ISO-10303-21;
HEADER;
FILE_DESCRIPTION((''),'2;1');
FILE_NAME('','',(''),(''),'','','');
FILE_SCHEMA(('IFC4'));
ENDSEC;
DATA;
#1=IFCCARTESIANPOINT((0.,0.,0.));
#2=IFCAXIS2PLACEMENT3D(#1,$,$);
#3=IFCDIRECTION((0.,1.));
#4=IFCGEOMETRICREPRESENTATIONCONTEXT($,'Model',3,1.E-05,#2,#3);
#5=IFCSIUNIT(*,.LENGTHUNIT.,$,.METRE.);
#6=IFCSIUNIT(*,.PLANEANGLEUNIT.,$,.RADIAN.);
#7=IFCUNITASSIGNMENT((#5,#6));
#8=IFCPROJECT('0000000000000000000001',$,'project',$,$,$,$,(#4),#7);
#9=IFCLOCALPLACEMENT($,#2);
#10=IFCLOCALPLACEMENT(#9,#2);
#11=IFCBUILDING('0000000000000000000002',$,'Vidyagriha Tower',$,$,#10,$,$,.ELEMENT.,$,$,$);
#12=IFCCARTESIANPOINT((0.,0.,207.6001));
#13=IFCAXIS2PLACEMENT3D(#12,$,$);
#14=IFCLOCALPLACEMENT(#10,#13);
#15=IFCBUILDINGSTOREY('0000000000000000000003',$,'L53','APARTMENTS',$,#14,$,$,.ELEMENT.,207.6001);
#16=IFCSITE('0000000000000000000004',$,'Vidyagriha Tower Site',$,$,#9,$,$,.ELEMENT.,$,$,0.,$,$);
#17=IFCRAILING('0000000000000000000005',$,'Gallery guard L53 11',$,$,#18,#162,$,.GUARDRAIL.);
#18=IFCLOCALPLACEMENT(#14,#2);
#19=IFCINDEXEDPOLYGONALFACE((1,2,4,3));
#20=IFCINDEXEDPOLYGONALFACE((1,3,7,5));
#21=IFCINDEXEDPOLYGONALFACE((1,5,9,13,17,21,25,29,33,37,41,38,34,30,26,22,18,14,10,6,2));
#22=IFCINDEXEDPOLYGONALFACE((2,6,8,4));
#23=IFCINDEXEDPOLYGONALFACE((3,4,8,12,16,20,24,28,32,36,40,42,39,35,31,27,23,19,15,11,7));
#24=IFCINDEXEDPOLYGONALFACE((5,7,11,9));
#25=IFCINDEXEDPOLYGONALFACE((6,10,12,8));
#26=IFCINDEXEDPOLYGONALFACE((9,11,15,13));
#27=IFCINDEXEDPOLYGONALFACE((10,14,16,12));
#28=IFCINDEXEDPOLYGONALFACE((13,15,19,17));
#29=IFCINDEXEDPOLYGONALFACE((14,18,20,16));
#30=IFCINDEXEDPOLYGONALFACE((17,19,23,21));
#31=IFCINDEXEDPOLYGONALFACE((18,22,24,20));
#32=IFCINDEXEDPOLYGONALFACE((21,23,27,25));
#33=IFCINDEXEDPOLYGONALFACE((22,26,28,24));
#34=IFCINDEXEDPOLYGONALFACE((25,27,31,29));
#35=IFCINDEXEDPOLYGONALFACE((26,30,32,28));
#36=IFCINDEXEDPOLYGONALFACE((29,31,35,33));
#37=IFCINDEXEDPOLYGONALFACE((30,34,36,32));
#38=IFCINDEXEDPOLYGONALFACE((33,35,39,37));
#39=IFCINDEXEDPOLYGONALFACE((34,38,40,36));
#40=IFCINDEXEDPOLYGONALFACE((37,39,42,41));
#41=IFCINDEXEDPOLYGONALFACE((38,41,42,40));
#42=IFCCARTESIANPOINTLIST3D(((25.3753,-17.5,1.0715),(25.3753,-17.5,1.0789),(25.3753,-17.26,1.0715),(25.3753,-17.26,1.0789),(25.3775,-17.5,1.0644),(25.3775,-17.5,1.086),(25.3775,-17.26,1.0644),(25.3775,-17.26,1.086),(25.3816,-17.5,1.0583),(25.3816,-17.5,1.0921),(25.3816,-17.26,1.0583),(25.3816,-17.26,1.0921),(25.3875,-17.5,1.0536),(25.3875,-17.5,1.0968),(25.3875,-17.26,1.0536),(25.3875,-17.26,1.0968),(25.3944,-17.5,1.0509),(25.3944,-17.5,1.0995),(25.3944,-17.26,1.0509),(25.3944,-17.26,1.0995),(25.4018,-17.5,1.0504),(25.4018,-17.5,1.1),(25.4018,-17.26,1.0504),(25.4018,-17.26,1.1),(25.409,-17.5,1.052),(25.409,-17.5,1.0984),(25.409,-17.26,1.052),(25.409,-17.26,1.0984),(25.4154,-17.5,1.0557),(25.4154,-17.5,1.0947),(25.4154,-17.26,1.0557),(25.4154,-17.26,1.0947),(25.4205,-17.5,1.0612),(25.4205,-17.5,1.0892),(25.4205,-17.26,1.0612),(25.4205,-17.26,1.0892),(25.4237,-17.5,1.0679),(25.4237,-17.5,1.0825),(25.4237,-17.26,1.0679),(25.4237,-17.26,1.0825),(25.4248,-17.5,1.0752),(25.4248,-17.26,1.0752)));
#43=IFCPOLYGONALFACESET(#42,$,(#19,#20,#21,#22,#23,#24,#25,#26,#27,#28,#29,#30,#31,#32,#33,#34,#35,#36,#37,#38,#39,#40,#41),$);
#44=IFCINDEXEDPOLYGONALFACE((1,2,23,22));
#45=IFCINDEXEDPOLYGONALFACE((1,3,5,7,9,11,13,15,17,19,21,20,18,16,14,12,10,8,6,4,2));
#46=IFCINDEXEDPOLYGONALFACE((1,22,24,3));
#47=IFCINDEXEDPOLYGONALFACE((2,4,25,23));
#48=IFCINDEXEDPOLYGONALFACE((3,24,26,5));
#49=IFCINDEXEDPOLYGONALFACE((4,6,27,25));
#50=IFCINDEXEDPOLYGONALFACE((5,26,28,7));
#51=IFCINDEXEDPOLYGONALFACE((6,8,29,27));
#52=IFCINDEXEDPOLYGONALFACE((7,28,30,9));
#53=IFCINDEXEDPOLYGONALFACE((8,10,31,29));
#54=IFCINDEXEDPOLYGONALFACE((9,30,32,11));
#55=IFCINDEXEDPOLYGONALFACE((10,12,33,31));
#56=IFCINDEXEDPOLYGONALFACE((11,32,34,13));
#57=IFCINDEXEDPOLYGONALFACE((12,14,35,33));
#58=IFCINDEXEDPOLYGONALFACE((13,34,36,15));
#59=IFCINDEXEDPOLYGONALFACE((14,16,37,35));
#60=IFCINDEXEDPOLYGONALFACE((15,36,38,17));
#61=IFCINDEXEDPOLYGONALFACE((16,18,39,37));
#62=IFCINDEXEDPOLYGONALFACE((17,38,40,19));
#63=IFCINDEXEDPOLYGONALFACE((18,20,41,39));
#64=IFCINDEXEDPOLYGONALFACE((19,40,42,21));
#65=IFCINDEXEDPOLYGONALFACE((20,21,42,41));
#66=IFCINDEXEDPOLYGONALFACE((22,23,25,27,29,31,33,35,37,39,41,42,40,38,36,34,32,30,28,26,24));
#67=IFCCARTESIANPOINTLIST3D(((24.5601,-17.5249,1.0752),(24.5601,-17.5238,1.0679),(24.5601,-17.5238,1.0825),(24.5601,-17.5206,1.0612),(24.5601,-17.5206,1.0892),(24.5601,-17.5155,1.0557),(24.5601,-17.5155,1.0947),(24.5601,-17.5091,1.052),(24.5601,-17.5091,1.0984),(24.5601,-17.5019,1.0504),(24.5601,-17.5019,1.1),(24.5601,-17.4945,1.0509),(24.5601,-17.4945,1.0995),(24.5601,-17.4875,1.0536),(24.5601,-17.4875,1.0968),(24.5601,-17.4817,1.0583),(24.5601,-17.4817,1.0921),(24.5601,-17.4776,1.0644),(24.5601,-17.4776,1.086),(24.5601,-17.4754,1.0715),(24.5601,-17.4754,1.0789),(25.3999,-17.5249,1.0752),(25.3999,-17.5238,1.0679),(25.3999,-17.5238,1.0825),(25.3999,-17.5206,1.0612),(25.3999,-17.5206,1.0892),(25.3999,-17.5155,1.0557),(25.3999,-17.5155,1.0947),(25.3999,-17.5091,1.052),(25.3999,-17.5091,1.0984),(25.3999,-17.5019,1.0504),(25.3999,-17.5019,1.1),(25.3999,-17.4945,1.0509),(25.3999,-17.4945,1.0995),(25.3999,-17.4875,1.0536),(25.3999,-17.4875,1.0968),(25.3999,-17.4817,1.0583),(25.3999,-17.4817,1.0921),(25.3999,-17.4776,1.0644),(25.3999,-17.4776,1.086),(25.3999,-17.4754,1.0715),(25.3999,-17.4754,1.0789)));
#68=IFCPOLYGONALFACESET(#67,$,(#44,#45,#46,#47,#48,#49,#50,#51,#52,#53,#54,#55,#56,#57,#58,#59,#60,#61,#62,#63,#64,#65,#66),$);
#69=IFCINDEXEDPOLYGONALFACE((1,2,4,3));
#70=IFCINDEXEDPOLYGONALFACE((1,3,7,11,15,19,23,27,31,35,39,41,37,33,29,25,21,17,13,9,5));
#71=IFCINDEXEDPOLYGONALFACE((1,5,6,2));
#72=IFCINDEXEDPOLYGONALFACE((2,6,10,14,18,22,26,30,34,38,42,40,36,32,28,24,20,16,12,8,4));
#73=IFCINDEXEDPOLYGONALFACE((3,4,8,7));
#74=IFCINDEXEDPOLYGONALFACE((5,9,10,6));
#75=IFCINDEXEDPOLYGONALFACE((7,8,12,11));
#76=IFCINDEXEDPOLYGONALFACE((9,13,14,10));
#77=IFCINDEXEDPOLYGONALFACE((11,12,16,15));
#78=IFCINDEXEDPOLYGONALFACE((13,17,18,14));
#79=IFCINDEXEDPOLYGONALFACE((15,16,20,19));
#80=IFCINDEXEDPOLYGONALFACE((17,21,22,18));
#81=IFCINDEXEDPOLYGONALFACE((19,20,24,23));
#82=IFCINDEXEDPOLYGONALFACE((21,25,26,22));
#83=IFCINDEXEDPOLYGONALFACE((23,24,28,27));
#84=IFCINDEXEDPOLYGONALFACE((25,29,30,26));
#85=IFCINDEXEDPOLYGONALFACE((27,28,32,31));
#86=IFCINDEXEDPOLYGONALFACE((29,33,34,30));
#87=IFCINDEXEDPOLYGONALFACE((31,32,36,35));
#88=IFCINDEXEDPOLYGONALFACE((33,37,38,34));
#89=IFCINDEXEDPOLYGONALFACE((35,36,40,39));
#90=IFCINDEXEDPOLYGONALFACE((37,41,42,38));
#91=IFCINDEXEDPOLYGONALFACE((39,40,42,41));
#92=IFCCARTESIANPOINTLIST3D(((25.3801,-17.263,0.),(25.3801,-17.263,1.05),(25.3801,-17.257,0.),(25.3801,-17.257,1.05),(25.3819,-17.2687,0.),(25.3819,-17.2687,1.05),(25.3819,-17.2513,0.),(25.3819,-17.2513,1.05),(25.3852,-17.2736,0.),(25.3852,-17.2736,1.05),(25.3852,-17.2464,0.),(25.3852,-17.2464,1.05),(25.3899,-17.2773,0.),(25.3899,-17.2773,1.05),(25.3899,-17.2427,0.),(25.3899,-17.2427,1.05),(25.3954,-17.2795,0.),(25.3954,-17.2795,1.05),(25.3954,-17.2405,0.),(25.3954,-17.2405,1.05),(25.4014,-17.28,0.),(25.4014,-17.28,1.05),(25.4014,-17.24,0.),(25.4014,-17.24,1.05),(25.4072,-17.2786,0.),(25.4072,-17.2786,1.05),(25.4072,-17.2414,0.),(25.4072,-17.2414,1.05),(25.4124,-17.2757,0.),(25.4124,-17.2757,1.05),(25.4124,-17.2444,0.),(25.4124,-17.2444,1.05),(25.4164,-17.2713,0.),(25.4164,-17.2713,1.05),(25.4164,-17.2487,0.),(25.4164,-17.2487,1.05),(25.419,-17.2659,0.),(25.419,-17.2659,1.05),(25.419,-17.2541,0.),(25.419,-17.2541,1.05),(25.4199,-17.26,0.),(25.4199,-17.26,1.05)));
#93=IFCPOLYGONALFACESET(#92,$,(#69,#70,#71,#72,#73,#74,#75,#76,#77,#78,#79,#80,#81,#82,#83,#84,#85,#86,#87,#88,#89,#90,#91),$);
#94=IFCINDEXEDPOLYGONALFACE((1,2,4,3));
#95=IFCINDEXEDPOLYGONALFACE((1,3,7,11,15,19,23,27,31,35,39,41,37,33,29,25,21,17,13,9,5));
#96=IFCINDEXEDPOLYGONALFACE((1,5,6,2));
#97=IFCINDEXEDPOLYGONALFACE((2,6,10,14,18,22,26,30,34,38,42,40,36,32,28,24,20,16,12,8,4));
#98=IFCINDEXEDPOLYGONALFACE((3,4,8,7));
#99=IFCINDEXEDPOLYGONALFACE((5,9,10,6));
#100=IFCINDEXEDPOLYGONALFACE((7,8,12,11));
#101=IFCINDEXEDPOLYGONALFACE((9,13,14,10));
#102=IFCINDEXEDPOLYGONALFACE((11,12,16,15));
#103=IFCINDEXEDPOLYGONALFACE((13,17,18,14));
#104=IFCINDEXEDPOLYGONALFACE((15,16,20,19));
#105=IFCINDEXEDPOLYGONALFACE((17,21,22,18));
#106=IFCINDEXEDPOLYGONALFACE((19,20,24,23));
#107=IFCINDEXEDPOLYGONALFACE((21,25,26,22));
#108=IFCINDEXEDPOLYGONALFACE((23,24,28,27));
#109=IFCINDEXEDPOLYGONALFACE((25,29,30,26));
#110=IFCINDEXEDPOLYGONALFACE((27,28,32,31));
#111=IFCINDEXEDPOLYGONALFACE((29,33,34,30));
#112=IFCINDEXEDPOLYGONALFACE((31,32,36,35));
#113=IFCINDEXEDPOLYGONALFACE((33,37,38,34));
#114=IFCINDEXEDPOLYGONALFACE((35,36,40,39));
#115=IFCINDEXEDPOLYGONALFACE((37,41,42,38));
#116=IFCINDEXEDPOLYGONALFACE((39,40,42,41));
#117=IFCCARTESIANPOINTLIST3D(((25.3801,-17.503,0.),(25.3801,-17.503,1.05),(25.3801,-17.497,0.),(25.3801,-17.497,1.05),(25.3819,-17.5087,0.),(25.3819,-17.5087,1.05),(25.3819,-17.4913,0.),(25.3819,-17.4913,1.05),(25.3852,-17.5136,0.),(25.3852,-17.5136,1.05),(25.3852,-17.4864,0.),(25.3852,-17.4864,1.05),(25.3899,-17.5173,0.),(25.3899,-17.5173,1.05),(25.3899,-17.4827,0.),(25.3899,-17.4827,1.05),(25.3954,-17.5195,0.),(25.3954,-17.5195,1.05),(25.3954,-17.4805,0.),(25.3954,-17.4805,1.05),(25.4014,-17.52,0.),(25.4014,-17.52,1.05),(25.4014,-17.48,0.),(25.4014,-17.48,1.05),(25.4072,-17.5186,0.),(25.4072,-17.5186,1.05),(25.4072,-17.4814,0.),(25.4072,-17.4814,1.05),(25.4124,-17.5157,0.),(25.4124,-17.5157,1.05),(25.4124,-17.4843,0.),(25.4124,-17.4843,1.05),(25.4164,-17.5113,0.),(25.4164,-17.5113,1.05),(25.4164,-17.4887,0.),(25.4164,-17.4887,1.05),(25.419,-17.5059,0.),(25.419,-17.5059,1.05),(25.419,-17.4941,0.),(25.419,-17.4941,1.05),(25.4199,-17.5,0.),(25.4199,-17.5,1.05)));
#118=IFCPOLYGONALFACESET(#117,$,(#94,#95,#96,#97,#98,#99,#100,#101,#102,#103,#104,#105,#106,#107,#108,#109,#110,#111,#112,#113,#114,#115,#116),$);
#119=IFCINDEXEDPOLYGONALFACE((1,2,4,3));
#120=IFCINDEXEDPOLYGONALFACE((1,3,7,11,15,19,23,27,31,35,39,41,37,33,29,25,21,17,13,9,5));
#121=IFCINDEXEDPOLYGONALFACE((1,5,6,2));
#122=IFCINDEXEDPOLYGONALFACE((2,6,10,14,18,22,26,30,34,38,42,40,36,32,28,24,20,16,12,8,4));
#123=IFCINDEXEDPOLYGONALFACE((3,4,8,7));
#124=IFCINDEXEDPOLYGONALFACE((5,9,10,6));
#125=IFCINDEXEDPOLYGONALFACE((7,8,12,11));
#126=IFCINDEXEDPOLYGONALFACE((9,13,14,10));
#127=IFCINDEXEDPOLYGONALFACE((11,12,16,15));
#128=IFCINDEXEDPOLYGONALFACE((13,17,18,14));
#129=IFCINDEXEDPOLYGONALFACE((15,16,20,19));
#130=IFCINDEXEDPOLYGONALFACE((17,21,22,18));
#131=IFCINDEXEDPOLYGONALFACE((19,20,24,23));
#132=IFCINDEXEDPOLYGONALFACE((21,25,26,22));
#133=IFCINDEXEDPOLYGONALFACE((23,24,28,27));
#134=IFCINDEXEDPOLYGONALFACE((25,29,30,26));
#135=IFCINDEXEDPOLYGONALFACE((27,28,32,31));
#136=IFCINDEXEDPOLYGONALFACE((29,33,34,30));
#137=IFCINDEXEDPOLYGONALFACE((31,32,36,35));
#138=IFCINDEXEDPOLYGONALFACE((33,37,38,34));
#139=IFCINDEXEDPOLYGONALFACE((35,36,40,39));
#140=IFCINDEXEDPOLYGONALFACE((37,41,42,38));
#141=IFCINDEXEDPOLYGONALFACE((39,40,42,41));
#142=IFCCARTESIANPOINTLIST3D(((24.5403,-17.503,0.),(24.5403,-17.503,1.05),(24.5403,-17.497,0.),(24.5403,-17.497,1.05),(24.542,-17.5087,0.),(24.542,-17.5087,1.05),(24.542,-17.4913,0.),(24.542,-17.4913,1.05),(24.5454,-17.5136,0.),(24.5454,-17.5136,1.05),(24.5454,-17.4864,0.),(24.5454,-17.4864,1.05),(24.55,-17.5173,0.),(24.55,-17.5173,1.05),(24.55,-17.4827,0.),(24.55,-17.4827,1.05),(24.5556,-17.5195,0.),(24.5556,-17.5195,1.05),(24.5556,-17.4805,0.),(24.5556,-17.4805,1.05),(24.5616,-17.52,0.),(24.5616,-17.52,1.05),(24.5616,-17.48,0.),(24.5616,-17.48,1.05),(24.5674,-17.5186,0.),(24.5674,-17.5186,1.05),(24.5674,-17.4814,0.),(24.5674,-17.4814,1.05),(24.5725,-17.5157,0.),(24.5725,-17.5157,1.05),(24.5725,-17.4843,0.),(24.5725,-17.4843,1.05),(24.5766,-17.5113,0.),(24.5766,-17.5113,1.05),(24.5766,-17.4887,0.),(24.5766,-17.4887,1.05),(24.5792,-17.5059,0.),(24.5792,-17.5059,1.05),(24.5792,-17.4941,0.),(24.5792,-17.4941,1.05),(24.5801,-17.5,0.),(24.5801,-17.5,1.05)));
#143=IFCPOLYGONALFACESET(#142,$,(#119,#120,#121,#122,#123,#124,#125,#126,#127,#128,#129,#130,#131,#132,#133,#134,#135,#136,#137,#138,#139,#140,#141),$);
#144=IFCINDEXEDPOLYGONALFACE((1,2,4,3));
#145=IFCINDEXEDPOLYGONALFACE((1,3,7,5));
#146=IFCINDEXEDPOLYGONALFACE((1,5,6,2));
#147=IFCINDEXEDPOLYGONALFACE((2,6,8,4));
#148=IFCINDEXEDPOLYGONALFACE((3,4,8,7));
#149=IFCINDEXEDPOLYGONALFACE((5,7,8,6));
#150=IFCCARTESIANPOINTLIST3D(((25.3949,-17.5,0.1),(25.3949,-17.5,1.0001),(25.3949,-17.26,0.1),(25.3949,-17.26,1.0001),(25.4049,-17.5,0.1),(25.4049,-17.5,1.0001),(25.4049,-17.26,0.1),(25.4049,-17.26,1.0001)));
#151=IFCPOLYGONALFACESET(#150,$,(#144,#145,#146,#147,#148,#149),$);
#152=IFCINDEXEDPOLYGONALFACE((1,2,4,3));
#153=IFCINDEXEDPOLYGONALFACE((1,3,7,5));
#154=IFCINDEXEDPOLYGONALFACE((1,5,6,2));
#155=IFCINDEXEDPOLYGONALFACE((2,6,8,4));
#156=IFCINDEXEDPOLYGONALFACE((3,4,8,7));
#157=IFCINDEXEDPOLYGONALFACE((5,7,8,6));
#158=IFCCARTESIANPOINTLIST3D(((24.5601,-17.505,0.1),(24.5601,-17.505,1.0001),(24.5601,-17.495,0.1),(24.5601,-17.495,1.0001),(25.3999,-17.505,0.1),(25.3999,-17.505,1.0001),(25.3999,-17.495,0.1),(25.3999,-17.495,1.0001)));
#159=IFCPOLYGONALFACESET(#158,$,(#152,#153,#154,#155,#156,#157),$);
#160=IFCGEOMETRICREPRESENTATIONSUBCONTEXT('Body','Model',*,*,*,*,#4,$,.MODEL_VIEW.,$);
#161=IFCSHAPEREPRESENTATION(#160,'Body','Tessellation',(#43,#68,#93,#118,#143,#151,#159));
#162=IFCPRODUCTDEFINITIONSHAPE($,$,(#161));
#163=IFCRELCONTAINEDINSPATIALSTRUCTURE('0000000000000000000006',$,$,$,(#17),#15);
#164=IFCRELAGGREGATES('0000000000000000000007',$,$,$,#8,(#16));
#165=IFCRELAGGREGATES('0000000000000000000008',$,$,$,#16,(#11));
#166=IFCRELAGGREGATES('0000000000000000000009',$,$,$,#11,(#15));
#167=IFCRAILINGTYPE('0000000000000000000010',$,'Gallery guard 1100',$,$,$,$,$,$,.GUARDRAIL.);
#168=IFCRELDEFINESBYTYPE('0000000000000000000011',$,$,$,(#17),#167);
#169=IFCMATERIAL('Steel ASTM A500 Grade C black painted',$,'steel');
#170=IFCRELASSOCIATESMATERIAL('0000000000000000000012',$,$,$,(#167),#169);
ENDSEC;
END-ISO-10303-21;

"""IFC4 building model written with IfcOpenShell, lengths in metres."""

from ifc_helpers import new_model, si_unit, direction, frame, origin, origin_2d, place, context, subcontext, project, spatial, rectangle, circle, extrude, material, type_object, element, save


model = new_model("IFC4")

# Units and contexts
model_context = context("Model", 3, precision=1e-05, world=origin(), true_north=direction((0.0, 1.0)))
body_context = subcontext(model_context, "Body", "Model", "MODEL_VIEW")
ifc_project = project(units=[si_unit("LENGTHUNIT", "METRE"), si_unit("PLANEANGLEUNIT", "RADIAN")], contexts=[model_context])

# Site, building, storey
site_placement = place(None, origin())
site = spatial("IfcSite", under=ifc_project, at=site_placement, Name="Vidyagriha Tower Site", CompositionType="ELEMENT", RefElevation=0.0)
building_placement = place(site_placement, origin())
building = spatial("IfcBuilding", under=site, at=building_placement, Name="Vidyagriha Tower", CompositionType="ELEMENT")
storey_placement = place(building_placement, frame((0.0, 0.0, 207.6001)))
storey = spatial("IfcBuildingStorey", under=building, at=storey_placement, Name="L53", Description="APARTMENTS", CompositionType="ELEMENT", Elevation=207.6001)

# Railing
ifc_material_1 = material(Name="Steel ASTM A500 Grade C black painted", Category="steel")
railing_type_1 = type_object("IfcRailingType", Name="Gallery guard 1100", PredefinedType="GUARDRAIL", material=ifc_material_1)
railing_1_placement = place(storey_placement, frame((25.3999, -17.26, 0.0)))
element("IfcRailing", 1, at=railing_1_placement, inside=storey, type_object=railing_type_1, Name="Gallery guard L53 11", PredefinedType="GUARDRAIL", context=body_context, shape_type="SweptSolid", body=[
    extrude(circle(Radius=0.0249, at=origin_2d()), frame((0.0, 0.0, 1.0752), z_axis=(0.0, -1.0, 0.0), x_axis=(1.0, 0.0, 0.0)), (0.0, 0.0, 1.0), 0.24),
    extrude(circle(Radius=0.0249, at=origin_2d()), frame((0.0, -0.24, 1.0752), z_axis=(-1.0, 0.0, 0.0), x_axis=(0.0, -1.0, 0.0)), (0.0, 0.0, 1.0), 0.8398),
    extrude(circle(Radius=0.02, at=origin_2d()), origin(), (0.0, 0.0, 1.0), 1.05),
    extrude(circle(Radius=0.02, at=origin_2d()), frame((0.0, -0.24, 0.0)), (0.0, 0.0, 1.0), 1.05),
    extrude(circle(Radius=0.02, at=origin_2d()), frame((-0.8398, -0.24, 0.0)), (0.0, 0.0, 1.0), 1.05),
    extrude(rectangle(XDim=0.01, YDim=0.9001, at=origin_2d()), frame((0.0, 0.0, 0.55), z_axis=(0.0, -1.0, 0.0), x_axis=(1.0, 0.0, 0.0)), (0.0, 0.0, 1.0), 0.24),
    extrude(rectangle(XDim=0.01, YDim=0.9001, at=origin_2d()), frame((0.0, -0.24, 0.55), z_axis=(-1.0, 0.0, 0.0), x_axis=(0.0, -1.0, 0.0)), (0.0, 0.0, 1.0), 0.8398),
])

save(model, "model.ifc")
